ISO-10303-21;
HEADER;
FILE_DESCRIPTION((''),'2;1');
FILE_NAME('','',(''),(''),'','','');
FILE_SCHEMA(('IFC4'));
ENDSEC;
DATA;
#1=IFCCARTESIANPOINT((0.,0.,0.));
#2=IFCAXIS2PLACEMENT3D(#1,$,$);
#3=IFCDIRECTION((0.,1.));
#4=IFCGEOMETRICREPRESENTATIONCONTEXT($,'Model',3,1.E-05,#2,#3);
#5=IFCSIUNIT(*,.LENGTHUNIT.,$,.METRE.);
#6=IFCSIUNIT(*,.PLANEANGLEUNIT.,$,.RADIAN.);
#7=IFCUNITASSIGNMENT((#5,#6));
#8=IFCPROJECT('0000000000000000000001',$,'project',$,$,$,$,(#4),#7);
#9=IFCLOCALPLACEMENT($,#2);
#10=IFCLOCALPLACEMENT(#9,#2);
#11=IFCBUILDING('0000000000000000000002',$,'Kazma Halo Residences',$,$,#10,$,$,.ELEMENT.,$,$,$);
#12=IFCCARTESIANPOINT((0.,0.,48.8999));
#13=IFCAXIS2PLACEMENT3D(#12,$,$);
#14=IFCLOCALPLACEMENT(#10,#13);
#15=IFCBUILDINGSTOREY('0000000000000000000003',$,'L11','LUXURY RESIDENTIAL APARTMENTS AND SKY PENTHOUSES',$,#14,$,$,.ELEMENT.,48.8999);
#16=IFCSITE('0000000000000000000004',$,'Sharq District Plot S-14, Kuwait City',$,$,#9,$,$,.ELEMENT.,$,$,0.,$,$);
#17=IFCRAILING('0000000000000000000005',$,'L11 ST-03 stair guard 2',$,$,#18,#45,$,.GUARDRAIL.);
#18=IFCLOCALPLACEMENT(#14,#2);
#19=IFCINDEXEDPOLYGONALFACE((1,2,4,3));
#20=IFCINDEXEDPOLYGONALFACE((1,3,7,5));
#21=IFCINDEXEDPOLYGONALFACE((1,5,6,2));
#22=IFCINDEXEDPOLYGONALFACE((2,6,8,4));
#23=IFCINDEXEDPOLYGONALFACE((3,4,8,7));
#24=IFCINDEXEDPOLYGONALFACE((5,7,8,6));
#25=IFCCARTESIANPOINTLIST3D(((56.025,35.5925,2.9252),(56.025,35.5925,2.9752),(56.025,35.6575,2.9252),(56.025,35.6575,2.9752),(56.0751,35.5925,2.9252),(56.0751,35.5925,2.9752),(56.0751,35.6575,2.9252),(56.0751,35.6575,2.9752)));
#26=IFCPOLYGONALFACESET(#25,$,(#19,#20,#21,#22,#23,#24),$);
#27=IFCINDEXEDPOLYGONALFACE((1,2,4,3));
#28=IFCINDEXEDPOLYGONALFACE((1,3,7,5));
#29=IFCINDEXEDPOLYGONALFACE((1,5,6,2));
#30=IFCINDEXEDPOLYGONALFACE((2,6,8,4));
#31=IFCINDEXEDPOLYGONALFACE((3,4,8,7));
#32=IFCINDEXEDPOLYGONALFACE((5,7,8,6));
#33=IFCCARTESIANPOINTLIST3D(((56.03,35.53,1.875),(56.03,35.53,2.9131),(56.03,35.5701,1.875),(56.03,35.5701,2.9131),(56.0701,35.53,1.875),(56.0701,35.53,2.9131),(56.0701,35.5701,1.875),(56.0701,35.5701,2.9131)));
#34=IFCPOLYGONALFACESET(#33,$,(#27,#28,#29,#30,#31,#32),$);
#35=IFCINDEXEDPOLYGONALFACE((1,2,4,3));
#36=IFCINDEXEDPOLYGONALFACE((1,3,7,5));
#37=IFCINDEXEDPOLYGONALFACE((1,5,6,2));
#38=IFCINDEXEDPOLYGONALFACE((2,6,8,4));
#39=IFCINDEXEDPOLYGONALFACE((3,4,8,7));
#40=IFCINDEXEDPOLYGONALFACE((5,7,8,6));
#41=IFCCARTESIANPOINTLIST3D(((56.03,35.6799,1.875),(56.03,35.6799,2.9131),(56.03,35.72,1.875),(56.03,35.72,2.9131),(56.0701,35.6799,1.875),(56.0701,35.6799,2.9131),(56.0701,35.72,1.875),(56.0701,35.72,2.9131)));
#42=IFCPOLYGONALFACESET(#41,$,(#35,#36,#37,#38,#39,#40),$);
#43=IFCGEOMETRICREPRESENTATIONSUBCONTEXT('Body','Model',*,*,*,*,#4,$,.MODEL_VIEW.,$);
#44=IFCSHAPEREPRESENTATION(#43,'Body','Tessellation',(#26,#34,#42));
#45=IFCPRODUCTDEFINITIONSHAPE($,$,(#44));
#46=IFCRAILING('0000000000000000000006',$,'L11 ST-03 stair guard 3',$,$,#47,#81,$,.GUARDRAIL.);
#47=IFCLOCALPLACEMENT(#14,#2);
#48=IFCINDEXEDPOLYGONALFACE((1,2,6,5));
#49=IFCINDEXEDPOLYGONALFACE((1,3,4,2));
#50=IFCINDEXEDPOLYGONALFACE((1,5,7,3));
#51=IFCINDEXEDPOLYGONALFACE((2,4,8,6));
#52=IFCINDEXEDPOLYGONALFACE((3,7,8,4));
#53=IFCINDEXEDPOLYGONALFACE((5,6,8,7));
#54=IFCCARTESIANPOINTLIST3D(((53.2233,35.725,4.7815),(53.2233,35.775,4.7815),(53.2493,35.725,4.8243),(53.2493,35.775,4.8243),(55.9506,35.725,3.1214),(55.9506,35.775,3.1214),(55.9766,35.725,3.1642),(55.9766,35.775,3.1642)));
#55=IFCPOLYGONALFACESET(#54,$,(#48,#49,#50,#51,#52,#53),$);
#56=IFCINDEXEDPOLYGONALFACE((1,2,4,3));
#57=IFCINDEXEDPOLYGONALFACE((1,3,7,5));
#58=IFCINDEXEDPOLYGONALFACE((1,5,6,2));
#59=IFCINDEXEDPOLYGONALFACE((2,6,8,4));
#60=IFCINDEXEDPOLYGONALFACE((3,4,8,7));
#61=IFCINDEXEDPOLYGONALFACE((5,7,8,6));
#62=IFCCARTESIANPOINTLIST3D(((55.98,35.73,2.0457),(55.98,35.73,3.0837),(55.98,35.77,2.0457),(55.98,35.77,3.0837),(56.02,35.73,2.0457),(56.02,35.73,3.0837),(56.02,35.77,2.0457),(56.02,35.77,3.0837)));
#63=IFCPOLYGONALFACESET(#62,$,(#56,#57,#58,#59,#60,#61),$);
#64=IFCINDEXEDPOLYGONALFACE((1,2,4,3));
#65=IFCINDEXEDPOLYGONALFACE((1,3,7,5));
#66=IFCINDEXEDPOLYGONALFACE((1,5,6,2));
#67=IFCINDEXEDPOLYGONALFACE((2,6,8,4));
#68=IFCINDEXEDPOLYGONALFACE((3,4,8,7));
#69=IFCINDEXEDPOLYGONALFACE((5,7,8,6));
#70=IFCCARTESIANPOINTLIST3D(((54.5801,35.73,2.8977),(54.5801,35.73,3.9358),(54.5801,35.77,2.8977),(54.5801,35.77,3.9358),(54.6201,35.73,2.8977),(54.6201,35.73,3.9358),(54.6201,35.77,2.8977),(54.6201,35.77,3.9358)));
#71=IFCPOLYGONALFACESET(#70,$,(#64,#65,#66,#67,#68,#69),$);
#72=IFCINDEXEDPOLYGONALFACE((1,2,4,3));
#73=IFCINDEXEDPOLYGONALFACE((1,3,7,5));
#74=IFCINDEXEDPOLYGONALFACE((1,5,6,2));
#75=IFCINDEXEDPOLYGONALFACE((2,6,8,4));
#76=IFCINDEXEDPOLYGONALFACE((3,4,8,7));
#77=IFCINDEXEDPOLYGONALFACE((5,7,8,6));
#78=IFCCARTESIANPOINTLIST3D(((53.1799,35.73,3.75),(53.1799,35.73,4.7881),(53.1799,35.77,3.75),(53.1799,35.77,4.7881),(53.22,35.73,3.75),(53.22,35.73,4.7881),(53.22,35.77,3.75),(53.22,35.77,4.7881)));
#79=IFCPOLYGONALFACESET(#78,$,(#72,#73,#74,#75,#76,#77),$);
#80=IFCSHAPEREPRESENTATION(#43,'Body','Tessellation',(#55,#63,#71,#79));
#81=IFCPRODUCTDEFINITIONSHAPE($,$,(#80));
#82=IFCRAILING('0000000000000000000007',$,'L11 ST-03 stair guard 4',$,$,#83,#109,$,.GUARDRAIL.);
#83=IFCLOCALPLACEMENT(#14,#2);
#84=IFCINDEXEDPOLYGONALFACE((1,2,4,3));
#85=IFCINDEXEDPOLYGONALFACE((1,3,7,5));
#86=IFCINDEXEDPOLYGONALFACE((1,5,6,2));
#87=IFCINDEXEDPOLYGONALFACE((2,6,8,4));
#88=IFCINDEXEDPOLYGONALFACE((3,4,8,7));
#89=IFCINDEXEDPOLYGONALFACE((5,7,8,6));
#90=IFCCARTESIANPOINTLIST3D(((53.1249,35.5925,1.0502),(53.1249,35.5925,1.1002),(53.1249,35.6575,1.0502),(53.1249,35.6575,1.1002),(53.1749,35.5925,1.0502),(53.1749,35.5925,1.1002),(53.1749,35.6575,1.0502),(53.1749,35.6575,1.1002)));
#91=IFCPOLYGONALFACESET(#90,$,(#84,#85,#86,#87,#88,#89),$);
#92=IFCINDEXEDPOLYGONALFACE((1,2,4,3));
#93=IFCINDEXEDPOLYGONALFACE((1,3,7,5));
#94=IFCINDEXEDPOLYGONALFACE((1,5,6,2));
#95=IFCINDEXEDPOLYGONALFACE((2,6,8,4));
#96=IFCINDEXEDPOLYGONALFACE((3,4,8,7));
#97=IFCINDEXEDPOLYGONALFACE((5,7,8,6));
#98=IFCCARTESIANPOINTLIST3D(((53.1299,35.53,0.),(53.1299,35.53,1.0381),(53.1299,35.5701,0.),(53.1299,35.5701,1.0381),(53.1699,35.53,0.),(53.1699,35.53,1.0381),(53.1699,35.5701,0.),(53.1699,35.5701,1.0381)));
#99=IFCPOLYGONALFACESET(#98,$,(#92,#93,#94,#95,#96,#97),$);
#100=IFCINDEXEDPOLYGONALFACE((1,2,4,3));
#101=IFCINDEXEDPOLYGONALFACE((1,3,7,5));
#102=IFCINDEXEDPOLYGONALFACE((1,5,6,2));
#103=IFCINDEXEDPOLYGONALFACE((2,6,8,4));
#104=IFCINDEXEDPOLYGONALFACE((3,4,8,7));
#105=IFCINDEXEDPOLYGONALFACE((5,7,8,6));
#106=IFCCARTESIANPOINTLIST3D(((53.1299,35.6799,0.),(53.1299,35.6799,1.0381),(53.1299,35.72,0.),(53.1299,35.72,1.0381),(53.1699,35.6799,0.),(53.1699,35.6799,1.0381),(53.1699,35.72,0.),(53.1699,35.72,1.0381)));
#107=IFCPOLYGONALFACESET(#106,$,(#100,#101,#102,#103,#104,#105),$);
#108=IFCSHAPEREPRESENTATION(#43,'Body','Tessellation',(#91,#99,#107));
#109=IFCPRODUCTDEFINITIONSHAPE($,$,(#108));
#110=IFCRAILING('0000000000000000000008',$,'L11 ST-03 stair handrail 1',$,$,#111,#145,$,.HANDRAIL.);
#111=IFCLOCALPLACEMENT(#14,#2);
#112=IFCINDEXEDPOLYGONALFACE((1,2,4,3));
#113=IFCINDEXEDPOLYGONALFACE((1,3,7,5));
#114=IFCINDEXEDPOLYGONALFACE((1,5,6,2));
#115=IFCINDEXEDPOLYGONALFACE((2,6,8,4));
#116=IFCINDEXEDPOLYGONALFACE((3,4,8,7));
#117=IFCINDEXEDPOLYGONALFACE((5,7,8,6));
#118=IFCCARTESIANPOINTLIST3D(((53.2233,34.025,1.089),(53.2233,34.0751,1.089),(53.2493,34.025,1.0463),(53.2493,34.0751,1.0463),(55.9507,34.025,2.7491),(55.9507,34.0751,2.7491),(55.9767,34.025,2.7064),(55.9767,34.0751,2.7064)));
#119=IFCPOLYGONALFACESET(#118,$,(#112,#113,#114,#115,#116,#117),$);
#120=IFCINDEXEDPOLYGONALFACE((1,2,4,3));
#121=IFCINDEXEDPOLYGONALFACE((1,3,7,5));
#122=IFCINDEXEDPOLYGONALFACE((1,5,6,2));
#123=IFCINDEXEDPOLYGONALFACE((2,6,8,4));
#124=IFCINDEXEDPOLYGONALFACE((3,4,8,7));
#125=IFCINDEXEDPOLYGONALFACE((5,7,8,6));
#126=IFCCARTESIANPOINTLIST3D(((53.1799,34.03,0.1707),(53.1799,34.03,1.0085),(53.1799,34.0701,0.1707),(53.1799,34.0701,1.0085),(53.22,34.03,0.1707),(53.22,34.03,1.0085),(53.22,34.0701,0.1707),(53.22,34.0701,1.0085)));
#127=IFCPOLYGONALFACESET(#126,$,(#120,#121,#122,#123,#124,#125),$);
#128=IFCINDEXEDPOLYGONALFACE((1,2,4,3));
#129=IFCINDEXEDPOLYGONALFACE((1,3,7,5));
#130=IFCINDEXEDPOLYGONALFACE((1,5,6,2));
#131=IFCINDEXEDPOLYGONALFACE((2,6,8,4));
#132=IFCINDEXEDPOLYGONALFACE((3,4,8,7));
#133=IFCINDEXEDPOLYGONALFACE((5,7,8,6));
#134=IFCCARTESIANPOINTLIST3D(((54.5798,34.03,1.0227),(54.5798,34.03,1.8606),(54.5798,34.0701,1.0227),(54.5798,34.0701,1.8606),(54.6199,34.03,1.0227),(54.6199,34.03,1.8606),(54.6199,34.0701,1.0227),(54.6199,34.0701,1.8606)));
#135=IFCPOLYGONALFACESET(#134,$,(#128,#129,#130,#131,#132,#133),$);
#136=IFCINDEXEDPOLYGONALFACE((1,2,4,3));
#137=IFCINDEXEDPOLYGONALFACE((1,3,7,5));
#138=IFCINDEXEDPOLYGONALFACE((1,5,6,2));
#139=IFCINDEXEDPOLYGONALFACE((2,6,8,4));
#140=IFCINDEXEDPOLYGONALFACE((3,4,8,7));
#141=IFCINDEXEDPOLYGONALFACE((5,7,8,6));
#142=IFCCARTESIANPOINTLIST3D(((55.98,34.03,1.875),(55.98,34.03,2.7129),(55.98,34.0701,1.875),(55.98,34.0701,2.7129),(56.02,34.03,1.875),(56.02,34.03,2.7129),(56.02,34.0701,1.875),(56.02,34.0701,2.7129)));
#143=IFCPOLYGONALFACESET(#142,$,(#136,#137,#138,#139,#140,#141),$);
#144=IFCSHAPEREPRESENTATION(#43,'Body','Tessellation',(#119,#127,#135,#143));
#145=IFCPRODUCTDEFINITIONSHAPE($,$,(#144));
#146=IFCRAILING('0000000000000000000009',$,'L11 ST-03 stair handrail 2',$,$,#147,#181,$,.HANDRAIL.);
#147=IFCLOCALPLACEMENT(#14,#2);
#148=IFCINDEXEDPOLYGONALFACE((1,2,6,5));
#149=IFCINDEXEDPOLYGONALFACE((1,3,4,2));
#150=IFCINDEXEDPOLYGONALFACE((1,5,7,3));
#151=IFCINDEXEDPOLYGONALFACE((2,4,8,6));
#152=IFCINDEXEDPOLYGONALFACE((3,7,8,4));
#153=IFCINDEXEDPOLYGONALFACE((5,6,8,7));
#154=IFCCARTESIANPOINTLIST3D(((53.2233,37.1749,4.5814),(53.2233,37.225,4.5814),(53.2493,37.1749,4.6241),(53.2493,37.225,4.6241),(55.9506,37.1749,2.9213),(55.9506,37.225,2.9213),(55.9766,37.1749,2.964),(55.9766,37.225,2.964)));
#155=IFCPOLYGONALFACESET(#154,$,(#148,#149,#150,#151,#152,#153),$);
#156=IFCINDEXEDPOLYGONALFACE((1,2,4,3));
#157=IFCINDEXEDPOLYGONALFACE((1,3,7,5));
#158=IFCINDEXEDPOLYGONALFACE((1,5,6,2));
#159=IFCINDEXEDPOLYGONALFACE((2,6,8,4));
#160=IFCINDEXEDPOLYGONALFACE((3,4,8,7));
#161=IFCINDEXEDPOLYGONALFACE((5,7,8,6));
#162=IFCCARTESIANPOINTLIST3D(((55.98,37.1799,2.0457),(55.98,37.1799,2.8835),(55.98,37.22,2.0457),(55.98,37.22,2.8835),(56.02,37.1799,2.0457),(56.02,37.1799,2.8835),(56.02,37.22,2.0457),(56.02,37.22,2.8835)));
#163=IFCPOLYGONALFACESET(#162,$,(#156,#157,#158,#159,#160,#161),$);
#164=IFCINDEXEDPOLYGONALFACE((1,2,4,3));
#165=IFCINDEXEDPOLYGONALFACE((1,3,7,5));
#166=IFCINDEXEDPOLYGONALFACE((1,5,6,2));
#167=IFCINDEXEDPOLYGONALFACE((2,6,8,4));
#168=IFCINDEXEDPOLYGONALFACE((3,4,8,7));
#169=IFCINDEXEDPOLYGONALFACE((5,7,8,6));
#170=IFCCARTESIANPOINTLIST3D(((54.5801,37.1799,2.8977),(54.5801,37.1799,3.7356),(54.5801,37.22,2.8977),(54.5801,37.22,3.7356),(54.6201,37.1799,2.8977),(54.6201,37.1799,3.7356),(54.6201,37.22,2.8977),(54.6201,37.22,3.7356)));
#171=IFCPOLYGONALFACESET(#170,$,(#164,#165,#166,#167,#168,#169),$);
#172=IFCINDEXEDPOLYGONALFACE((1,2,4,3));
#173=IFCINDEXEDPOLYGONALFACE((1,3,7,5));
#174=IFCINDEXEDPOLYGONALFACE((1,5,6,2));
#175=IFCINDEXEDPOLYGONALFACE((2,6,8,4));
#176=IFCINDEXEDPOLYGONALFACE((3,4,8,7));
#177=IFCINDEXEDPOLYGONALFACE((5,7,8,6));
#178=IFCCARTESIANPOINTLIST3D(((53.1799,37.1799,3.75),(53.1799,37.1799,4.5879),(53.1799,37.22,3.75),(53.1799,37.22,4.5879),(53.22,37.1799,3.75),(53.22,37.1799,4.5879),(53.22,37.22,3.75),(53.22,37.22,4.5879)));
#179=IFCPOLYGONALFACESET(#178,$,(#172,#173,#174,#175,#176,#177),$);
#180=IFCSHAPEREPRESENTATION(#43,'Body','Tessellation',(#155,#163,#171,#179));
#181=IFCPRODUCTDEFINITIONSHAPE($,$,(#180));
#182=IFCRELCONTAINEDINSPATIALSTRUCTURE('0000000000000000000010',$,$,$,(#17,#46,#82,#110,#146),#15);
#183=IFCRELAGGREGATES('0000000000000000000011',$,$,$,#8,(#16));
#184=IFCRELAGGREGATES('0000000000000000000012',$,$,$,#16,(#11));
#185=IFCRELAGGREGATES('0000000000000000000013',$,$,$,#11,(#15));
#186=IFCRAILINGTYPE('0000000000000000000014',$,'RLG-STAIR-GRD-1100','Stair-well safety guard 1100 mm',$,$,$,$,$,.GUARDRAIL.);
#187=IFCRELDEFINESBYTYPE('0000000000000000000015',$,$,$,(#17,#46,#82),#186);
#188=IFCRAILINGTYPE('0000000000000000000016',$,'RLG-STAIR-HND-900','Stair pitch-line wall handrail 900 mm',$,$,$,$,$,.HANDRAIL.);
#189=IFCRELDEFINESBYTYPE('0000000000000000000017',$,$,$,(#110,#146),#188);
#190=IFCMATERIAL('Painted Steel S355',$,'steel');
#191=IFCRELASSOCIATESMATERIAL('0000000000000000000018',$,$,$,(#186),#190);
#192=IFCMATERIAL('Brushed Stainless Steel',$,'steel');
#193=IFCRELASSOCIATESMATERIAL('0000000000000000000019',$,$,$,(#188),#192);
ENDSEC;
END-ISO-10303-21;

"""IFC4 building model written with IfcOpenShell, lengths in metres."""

from ifc_helpers import new_model, si_unit, direction, frame, origin, origin_2d, place, context, subcontext, project, spatial, rectangle, extrude, material, type_object, element, save


model = new_model("IFC4")

# Units and contexts
model_context = context("Model", 3, precision=1e-05, world=origin(), true_north=direction((0.0, 1.0)))
body_context = subcontext(model_context, "Body", "Model", "MODEL_VIEW")
ifc_project = project(units=[si_unit("LENGTHUNIT", "METRE"), si_unit("PLANEANGLEUNIT", "RADIAN")], contexts=[model_context])

# Site, building, storey
site_placement = place(None, origin())
site = spatial("IfcSite", under=ifc_project, at=site_placement, Name="Sharq District Plot S-14, Kuwait City", CompositionType="ELEMENT", RefElevation=0.0)
building_placement = place(site_placement, origin())
building = spatial("IfcBuilding", under=site, at=building_placement, Name="Kazma Halo Residences", CompositionType="ELEMENT")
storey_placement = place(building_placement, frame((0.0, 0.0, 48.8999)))
storey = spatial("IfcBuildingStorey", under=building, at=storey_placement, Name="L11", Description="LUXURY RESIDENTIAL APARTMENTS AND SKY PENTHOUSES", CompositionType="ELEMENT", Elevation=48.8999)

# Railings
ifc_material_1 = material(Name="Painted Steel S355", Category="steel")
railing_type_1 = type_object("IfcRailingType", Name="RLG-STAIR-GRD-1100", Description="Stair-well safety guard 1100 mm", PredefinedType="GUARDRAIL", material=ifc_material_1)
railing_1_placement = place(storey_placement, frame((56.05, 35.55, 1.875)))
element("IfcRailing", 1, at=railing_1_placement, inside=storey, type_object=railing_type_1, Name="L11 ST-03 stair guard 2", PredefinedType="GUARDRAIL", context=body_context, shape_type="SweptSolid", body=[
    extrude(rectangle(XDim=0.05, YDim=0.05, at=origin_2d()), frame((0.0, 0.0425, 1.0752), z_axis=(0.0, 1.0, 0.0), x_axis=(-1.0, 0.0, 0.0)), (0.0, 0.0, 1.0), 0.0649),
    extrude(rectangle(XDim=0.04, YDim=0.04, at=origin_2d()), origin(), (0.0, 0.0, 1.0), 1.0381),
    extrude(rectangle(XDim=0.04, YDim=0.04, at=origin_2d()), frame((0.0, 0.1499, 0.0)), (0.0, 0.0, 1.0), 1.0381),
])
railing_2_placement = place(storey_placement, frame((56.0, 35.75, 2.0457)))
element("IfcRailing", 2, at=railing_2_placement, inside=storey, type_object=railing_type_1, Name="L11 ST-03 stair guard 3", PredefinedType="GUARDRAIL", context=body_context, shape_type="SweptSolid", body=[
    extrude(rectangle(XDim=0.05, YDim=0.05, at=origin_2d()), frame((-0.0364, 0.0, 1.0972), z_axis=(-0.854203, 0.0, 0.51994), x_axis=(0.0, -1.0, 0.0)), (0.0, 0.0, 1.0), 3.1929),
    extrude(rectangle(XDim=0.04, YDim=0.04, at=origin_2d()), origin(), (0.0, 0.0, 1.0), 1.0381),
    extrude(rectangle(XDim=0.04, YDim=0.04, at=origin_2d()), frame((-1.3999, 0.0, 0.8521)), (0.0, 0.0, 1.0), 1.0381),
    extrude(rectangle(XDim=0.04, YDim=0.04, at=origin_2d()), frame((-2.8, 0.0, 1.7043)), (0.0, 0.0, 1.0), 1.0381),
])
railing_3_placement = place(storey_placement, frame((53.1499, 35.55, 0.0)))
element("IfcRailing", 3, at=railing_3_placement, inside=storey, type_object=railing_type_1, Name="L11 ST-03 stair guard 4", PredefinedType="GUARDRAIL", context=body_context, shape_type="SweptSolid", body=[
    extrude(rectangle(XDim=0.05, YDim=0.05, at=origin_2d()), frame((0.0, 0.0425, 1.0752), z_axis=(0.0, 1.0, 0.0), x_axis=(-1.0, 0.0, 0.0)), (0.0, 0.0, 1.0), 0.0649),
    extrude(rectangle(XDim=0.04, YDim=0.04, at=origin_2d()), origin(), (0.0, 0.0, 1.0), 1.0381),
    extrude(rectangle(XDim=0.04, YDim=0.04, at=origin_2d()), frame((0.0, 0.1499, 0.0)), (0.0, 0.0, 1.0), 1.0381),
])
ifc_material_2 = material(Name="Brushed Stainless Steel", Category="steel")
railing_type_2 = type_object("IfcRailingType", Name="RLG-STAIR-HND-900", Description="Stair pitch-line wall handrail 900 mm", PredefinedType="HANDRAIL", material=ifc_material_2)
railing_4_placement = place(storey_placement, frame((53.2, 34.05, 0.1707)))
element("IfcRailing", 4, at=railing_4_placement, inside=storey, type_object=railing_type_2, Name="L11 ST-03 stair handrail 1", PredefinedType="HANDRAIL", context=body_context, shape_type="SweptSolid", body=[
    extrude(rectangle(XDim=0.05, YDim=0.05, at=origin_2d()), frame((0.0364, 0.0, 0.897), z_axis=(0.854203, 0.0, 0.51994), x_axis=(0.0, 1.0, 0.0)), (0.0, 0.0, 1.0), 3.1929),
    extrude(rectangle(XDim=0.04, YDim=0.04, at=origin_2d()), origin(), (0.0, 0.0, 1.0), 0.8379),
    extrude(rectangle(XDim=0.04, YDim=0.04, at=origin_2d()), frame((1.3999, 0.0, 0.8521)), (0.0, 0.0, 1.0), 0.8379),
    extrude(rectangle(XDim=0.04, YDim=0.04, at=origin_2d()), frame((2.8, 0.0, 1.7043)), (0.0, 0.0, 1.0), 0.8379),
])
railing_5_placement = place(storey_placement, frame((56.0, 37.2, 2.0457)))
element("IfcRailing", 5, at=railing_5_placement, inside=storey, type_object=railing_type_2, Name="L11 ST-03 stair handrail 2", PredefinedType="HANDRAIL", context=body_context, shape_type="SweptSolid", body=[
    extrude(rectangle(XDim=0.05, YDim=0.05, at=origin_2d()), frame((-0.0364, 0.0, 0.897), z_axis=(-0.854203, 0.0, 0.51994), x_axis=(0.0, -1.0, 0.0)), (0.0, 0.0, 1.0), 3.1929),
    extrude(rectangle(XDim=0.04, YDim=0.04, at=origin_2d()), origin(), (0.0, 0.0, 1.0), 0.8379),
    extrude(rectangle(XDim=0.04, YDim=0.04, at=origin_2d()), frame((-1.3999, 0.0, 0.8521)), (0.0, 0.0, 1.0), 0.8379),
    extrude(rectangle(XDim=0.04, YDim=0.04, at=origin_2d()), frame((-2.8, 0.0, 1.7043)), (0.0, 0.0, 1.0), 0.8379),
])

save(model, "model.ifc")
